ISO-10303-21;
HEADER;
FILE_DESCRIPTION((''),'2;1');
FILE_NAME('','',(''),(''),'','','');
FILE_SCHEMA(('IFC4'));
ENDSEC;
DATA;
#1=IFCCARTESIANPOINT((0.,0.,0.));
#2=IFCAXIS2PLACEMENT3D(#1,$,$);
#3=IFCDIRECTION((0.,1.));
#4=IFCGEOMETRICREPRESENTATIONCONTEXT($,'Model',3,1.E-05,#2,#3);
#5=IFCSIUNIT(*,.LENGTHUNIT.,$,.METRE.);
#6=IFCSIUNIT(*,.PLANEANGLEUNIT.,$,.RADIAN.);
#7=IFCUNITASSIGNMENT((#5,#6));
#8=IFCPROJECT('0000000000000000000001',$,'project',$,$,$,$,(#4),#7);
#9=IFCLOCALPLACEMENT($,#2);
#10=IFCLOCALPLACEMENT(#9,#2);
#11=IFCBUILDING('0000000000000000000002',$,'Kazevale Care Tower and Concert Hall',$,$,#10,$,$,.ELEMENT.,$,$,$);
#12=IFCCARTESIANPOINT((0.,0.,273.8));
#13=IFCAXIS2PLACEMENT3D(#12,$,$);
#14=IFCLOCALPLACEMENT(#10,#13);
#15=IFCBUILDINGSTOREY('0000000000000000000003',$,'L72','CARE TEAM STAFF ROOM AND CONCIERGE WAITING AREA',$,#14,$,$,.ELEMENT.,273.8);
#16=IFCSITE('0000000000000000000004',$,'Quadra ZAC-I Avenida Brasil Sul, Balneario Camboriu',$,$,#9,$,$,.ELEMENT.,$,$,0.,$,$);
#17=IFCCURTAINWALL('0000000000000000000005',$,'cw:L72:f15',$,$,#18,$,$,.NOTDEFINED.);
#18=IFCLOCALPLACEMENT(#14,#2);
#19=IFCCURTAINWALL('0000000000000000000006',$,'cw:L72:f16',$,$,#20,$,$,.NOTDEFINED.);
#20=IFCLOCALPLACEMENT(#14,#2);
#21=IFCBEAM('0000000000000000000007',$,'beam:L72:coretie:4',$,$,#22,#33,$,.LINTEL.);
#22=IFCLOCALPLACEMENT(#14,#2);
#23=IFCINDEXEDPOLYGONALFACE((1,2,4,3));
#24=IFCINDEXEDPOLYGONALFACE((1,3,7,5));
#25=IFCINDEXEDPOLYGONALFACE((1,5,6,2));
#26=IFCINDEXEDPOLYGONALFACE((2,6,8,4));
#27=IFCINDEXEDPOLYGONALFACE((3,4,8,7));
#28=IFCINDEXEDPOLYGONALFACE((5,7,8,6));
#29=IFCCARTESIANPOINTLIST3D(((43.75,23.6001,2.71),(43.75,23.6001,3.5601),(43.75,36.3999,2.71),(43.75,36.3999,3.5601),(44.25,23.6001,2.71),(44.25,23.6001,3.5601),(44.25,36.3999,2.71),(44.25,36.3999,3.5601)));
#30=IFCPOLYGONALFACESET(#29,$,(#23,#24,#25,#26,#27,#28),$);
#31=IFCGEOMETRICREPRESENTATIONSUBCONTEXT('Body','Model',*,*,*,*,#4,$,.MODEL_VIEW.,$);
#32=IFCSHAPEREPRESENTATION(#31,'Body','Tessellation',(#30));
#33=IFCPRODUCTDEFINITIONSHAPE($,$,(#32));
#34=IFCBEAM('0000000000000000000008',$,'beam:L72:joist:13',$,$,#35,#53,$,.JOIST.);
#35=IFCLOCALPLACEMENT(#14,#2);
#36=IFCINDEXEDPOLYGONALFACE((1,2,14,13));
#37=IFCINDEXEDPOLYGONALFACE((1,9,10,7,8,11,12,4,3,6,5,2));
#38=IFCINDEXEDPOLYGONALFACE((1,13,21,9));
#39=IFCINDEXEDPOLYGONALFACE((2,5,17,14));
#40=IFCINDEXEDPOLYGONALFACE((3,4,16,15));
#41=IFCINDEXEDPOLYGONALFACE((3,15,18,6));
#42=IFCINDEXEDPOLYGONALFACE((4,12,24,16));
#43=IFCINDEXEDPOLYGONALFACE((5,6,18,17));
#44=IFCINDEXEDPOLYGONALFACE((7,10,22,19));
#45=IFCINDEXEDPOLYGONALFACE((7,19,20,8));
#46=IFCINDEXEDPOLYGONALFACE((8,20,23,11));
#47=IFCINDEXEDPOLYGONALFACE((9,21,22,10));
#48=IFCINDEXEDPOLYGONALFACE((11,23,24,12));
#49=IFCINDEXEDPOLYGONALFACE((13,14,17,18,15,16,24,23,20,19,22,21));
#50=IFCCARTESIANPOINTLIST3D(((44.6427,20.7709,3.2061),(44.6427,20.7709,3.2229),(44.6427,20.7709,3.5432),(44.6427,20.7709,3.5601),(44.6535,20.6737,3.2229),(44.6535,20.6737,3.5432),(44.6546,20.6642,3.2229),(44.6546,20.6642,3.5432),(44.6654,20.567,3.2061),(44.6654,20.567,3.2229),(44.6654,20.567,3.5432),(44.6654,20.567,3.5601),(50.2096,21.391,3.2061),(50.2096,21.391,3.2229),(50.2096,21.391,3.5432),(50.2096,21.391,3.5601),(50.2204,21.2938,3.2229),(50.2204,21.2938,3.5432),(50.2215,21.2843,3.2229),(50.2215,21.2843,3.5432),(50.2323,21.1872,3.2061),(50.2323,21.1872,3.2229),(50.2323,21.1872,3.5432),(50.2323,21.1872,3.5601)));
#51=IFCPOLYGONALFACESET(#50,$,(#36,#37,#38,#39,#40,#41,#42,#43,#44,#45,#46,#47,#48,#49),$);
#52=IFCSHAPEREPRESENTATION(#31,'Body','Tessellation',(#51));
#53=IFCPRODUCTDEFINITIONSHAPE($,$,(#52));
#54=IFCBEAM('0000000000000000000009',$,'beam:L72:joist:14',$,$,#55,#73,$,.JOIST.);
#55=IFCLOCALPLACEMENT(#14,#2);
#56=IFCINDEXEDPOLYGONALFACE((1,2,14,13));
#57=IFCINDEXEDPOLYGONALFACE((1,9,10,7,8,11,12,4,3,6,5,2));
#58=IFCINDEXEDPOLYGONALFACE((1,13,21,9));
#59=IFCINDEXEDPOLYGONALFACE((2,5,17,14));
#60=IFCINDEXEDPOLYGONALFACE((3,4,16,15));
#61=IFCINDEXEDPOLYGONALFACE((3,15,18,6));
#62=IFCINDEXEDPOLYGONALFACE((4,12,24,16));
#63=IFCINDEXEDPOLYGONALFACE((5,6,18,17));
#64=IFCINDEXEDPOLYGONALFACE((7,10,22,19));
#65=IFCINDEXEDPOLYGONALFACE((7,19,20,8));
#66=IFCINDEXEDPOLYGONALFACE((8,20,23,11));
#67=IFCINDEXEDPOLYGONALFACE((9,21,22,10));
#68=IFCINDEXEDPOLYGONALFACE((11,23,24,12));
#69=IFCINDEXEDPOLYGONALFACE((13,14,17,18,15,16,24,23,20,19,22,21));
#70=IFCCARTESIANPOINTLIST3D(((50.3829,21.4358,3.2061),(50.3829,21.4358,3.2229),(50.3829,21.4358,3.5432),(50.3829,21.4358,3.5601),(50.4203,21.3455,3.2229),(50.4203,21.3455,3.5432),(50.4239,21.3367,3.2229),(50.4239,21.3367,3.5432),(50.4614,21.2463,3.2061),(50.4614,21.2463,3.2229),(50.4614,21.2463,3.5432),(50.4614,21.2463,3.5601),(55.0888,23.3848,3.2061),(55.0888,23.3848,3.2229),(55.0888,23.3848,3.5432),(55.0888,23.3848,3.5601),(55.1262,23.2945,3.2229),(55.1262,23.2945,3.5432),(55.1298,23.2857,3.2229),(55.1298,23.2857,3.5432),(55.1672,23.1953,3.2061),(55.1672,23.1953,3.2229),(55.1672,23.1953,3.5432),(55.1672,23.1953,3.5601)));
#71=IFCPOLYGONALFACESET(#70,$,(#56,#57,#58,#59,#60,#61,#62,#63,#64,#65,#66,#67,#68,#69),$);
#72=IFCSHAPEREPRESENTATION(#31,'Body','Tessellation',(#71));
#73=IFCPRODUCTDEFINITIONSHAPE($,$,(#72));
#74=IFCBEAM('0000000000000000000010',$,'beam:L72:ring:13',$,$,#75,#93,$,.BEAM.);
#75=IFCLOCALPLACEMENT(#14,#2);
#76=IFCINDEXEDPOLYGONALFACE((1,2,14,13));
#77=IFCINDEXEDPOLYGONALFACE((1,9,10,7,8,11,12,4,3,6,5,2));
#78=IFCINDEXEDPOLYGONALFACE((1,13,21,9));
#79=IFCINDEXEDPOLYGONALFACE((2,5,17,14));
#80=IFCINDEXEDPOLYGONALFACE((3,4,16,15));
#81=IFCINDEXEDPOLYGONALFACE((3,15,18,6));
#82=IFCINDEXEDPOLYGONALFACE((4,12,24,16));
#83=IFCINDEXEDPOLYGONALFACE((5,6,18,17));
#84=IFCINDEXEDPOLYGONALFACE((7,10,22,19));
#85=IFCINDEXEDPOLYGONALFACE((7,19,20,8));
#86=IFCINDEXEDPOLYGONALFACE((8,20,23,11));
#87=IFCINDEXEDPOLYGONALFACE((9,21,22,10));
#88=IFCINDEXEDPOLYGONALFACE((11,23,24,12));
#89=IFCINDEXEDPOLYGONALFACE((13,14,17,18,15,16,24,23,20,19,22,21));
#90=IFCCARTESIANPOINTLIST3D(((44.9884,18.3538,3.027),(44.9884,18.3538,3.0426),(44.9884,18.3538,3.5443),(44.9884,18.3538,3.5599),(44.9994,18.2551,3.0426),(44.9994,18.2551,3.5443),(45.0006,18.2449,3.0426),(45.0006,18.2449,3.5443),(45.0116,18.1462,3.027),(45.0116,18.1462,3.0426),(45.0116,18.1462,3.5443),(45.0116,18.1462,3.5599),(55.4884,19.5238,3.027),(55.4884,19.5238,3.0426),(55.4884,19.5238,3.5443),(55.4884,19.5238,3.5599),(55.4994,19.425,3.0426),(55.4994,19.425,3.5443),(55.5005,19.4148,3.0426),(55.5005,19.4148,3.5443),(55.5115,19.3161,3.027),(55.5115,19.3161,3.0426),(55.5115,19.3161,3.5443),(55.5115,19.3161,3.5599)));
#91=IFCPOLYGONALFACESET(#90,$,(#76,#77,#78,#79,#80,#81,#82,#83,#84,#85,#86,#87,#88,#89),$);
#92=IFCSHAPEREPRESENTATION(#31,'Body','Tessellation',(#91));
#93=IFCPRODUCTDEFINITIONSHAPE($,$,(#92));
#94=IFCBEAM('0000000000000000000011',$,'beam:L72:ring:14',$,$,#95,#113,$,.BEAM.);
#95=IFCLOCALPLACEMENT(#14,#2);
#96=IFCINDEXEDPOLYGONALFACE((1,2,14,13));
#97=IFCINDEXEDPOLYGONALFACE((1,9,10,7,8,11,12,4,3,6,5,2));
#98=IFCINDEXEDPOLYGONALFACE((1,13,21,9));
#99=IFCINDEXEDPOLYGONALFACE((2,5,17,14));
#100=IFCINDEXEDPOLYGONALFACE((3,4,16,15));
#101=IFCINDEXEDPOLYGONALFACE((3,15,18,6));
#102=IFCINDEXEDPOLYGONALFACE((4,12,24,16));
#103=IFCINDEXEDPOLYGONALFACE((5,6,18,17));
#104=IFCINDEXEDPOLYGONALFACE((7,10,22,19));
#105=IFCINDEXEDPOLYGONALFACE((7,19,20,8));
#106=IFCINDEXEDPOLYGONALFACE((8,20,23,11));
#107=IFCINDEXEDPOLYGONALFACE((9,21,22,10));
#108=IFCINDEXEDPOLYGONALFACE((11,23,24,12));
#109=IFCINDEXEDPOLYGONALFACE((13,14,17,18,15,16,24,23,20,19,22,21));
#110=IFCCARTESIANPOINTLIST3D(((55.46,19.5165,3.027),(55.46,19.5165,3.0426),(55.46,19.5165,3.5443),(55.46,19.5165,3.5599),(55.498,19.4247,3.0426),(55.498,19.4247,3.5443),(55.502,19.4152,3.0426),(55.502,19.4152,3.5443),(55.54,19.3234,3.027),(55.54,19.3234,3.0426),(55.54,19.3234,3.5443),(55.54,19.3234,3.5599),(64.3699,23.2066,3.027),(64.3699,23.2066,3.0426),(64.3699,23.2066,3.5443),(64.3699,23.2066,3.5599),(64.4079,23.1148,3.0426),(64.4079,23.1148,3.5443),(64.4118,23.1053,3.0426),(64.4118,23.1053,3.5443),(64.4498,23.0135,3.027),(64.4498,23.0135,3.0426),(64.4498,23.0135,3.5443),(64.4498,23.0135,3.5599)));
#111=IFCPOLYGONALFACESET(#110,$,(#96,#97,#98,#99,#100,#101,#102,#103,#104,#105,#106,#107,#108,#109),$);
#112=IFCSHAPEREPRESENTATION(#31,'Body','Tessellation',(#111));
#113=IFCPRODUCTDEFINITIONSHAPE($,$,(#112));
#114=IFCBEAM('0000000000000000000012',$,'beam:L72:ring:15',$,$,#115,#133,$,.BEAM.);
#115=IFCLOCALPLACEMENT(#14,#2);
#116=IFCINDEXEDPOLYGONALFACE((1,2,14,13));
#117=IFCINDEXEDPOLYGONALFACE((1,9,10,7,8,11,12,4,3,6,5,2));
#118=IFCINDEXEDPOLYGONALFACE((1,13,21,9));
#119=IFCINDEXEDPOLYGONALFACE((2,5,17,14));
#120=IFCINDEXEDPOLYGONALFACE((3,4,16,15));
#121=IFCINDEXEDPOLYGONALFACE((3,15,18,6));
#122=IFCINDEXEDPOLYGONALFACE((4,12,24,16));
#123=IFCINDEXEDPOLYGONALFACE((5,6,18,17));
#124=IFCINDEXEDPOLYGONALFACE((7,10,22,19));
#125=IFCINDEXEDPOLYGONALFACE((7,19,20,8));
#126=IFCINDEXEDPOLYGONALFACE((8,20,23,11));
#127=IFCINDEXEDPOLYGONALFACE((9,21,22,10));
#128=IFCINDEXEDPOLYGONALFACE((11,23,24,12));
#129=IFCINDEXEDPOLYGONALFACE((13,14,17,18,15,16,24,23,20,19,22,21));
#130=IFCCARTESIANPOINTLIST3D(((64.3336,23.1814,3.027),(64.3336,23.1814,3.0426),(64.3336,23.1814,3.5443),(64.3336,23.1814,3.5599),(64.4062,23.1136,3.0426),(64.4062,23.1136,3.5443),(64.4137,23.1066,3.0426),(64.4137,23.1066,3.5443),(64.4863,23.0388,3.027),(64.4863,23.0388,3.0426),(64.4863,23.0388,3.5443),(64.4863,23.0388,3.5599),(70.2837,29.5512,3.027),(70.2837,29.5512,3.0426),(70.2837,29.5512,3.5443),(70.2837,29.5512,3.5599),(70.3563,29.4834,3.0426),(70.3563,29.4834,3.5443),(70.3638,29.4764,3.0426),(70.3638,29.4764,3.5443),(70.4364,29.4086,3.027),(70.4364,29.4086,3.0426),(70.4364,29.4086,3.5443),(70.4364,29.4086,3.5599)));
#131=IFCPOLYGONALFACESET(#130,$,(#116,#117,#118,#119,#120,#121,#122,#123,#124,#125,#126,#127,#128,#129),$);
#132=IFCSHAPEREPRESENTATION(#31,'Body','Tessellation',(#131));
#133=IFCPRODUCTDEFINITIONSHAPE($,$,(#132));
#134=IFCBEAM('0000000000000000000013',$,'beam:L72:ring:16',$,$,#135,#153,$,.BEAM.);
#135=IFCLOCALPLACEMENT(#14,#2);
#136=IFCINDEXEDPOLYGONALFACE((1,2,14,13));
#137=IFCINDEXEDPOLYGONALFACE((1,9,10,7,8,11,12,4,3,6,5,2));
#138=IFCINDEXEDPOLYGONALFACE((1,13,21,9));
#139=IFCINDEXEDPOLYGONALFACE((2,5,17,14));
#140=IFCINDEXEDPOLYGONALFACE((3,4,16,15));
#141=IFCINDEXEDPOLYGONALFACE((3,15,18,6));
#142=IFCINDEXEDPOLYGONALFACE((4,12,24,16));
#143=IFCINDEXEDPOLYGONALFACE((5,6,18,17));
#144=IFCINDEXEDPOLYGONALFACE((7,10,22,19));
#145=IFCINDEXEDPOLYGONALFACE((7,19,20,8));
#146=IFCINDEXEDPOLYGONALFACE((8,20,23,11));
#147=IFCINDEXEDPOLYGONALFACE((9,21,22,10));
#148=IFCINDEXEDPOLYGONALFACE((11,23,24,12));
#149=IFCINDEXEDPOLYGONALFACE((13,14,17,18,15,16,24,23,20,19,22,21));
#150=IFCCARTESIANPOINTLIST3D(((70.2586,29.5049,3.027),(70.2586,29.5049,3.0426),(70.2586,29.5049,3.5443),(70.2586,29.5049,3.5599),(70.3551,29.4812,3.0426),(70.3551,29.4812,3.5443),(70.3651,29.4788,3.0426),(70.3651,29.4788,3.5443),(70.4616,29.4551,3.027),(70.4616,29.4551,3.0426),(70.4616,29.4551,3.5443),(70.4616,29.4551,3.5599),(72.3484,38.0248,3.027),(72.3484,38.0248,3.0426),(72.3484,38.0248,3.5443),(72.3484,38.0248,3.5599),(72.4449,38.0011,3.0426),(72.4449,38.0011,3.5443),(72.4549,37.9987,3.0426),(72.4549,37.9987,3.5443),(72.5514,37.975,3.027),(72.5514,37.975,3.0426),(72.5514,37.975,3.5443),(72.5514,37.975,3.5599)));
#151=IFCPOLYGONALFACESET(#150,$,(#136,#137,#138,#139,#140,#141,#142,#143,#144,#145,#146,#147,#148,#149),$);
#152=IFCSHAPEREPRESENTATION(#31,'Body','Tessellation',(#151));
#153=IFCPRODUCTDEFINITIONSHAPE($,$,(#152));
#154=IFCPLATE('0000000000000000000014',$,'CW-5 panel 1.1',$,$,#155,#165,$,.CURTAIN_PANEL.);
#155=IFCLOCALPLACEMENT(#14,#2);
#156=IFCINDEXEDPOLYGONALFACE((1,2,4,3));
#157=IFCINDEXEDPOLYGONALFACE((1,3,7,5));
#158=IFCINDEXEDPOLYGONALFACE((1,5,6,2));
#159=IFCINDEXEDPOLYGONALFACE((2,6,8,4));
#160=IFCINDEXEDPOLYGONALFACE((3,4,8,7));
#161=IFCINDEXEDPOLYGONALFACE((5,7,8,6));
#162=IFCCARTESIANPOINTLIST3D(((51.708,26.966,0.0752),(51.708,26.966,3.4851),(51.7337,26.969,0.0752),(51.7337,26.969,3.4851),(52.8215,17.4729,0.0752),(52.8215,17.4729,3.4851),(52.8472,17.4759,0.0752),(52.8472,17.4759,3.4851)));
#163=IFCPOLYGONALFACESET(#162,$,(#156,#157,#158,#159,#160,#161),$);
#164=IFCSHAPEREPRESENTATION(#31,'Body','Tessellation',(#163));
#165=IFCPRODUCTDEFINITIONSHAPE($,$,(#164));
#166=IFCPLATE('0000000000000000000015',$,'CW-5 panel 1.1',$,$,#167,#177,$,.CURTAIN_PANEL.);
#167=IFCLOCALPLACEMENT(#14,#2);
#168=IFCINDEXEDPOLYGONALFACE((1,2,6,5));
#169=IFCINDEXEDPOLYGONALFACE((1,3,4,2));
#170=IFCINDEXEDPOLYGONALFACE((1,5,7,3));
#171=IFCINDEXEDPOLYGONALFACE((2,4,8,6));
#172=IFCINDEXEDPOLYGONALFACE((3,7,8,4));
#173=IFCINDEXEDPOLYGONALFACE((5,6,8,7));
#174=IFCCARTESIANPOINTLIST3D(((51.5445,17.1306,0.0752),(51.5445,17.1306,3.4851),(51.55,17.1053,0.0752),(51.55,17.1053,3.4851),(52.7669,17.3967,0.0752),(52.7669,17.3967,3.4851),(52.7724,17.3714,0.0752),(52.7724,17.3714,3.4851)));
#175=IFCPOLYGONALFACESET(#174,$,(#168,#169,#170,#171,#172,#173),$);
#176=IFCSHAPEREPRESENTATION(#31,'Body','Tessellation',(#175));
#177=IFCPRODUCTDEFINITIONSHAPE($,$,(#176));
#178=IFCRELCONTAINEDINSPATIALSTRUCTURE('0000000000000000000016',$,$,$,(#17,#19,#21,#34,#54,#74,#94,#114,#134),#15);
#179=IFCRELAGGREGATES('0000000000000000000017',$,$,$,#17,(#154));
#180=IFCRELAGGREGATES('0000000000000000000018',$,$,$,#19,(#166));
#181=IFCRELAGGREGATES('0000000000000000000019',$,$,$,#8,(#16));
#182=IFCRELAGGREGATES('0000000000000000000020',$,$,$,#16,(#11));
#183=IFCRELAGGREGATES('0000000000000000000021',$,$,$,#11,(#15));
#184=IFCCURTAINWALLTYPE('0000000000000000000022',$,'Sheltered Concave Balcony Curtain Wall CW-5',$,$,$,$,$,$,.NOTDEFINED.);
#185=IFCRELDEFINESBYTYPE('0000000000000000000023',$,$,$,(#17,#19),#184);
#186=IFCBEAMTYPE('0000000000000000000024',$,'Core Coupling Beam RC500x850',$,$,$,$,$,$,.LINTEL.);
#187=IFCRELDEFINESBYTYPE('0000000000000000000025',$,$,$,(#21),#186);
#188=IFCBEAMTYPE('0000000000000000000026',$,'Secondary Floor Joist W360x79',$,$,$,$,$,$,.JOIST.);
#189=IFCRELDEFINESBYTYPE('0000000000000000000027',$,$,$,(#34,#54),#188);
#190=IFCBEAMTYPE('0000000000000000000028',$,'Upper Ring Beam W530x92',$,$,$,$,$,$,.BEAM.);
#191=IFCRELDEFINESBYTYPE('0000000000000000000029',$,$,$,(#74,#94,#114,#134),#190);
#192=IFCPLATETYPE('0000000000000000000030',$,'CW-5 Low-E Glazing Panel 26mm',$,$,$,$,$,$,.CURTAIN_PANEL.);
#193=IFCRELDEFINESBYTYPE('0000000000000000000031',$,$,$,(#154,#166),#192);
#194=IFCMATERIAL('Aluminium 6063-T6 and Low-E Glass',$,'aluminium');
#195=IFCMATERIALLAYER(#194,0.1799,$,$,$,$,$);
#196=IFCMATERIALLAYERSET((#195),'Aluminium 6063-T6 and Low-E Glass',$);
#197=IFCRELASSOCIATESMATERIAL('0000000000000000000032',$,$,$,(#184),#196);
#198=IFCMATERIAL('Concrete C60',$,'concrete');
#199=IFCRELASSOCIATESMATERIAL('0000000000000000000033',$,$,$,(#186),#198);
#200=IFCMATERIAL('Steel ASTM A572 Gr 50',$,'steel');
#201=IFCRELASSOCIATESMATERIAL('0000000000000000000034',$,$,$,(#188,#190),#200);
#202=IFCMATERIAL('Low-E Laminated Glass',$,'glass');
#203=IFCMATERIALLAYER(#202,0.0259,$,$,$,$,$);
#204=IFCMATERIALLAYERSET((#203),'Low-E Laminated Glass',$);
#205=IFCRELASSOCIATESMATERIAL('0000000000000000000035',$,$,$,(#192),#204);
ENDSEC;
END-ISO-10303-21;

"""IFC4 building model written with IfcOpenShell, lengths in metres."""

from ifc_helpers import new_model, si_unit, direction, frame, origin, origin_2d, place, context, subcontext, project, spatial, rectangle, i_section, extrude, material, layer, layer_set, material_profile, profile_set, type_object, element, aggregate, save


model = new_model("IFC4")

# Units and contexts
model_context = context("Model", 3, precision=1e-05, world=origin(), true_north=direction((0.0, 1.0)))
body_context = subcontext(model_context, "Body", "Model", "MODEL_VIEW")
ifc_project = project(units=[si_unit("LENGTHUNIT", "METRE"), si_unit("PLANEANGLEUNIT", "RADIAN")], contexts=[model_context])

# Site, building, storey
site_placement = place(None, origin())
site = spatial("IfcSite", under=ifc_project, at=site_placement, Name="Quadra ZAC-I Avenida Brasil Sul, Balneario Camboriu", CompositionType="ELEMENT", RefElevation=0.0)
building_placement = place(site_placement, origin())
building = spatial("IfcBuilding", under=site, at=building_placement, Name="Kazevale Care Tower and Concert Hall", CompositionType="ELEMENT")
storey_placement = place(building_placement, frame((0.0, 0.0, 273.8)))
storey = spatial("IfcBuildingStorey", under=building, at=storey_placement, Name="L72", Description="CARE TEAM STAFF ROOM AND CONCIERGE WAITING AREA", CompositionType="ELEMENT", Elevation=273.8)

# Shared definitions
ifc_material_1 = material(Name="Aluminium 6063-T6 and Low-E Glass", Category="aluminium")
ifc_layer_1 = layer(ifc_material_1, 0.1799)
ifc_layer_set_1 = layer_set([ifc_layer_1], Name="Aluminium 6063-T6 and Low-E Glass")
curtain_wall_type_1 = type_object("IfcCurtainWallType", Name="Sheltered Concave Balcony Curtain Wall CW-5", PredefinedType="NOTDEFINED", material=ifc_layer_set_1)

# Curtain walls
curtain_wall_1_placement = place(storey_placement, origin())
curtain_wall_1 = element("IfcCurtainWall", 1, at=curtain_wall_1_placement, inside=storey, type_object=curtain_wall_type_1, Name="cw:L72:f15", PredefinedType="NOTDEFINED")
curtain_wall_2_placement = place(storey_placement, origin())
curtain_wall_2 = element("IfcCurtainWall", 2, at=curtain_wall_2_placement, inside=storey, type_object=curtain_wall_type_1, Name="cw:L72:f16", PredefinedType="NOTDEFINED")

# Beams
ifc_material_2 = material(Name="Concrete C60", Category="concrete")
ifc_material_profile_1 = material_profile(ifc_material_2, rectangle(XDim=0.5, YDim=0.8501, at=origin_2d()), Name="RC-B500x850")
ifc_profile_set_1 = profile_set([ifc_material_profile_1], Name="Concrete C60")
beam_type_1 = type_object("IfcBeamType", Name="Core Coupling Beam RC500x850", PredefinedType="LINTEL", material=ifc_profile_set_1)
beam_1_placement = place(storey_placement, frame((44.0, 23.6001, 3.135), z_axis=(0.0, 1.0, 0.0), x_axis=(-1.0, 0.0, 0.0)))
element("IfcBeam", 3, at=beam_1_placement, inside=storey, type_object=beam_type_1, Name="beam:L72:coretie:4", PredefinedType="LINTEL", context=body_context, shape_type="SweptSolid", body=[
    extrude(rectangle(XDim=0.5, YDim=0.8501, at=origin_2d()), origin(), (0.0, 0.0, 1.0), 12.7998),
])
ifc_material_3 = material(Name="Steel ASTM A572 Gr 50", Category="steel")
ifc_material_profile_2 = material_profile(ifc_material_3, i_section(OverallWidth=0.2051, OverallDepth=0.354, WebThickness=0.0095, FlangeThickness=0.0168, at=origin_2d()), Name="W360x79")
ifc_profile_set_2 = profile_set([ifc_material_profile_2], Name="Steel ASTM A572 Gr 50")
beam_type_2 = type_object("IfcBeamType", Name="Secondary Floor Joist W360x79", PredefinedType="JOIST", material=ifc_profile_set_2)
beam_2_placement = place(storey_placement, frame((44.6541, 20.6689, 3.3831), z_axis=(0.993853, 0.110709, 0.0), x_axis=(-0.110709, 0.993853, 0.0)))
element("IfcBeam", 4, at=beam_2_placement, inside=storey, type_object=beam_type_2, Name="beam:L72:joist:13", PredefinedType="JOIST", context=body_context, shape_type="SweptSolid", body=[
    extrude(i_section(OverallWidth=0.2051, OverallDepth=0.354, WebThickness=0.0095, FlangeThickness=0.0168, at=origin_2d()), origin(), (0.0, 0.0, 1.0), 5.6013),
])
beam_3_placement = place(storey_placement, frame((50.4221, 21.3411, 3.3831), z_axis=(0.923896, 0.382644, 0.0), x_axis=(-0.382644, 0.923896, 0.0)))
element("IfcBeam", 5, at=beam_3_placement, inside=storey, type_object=beam_type_2, Name="beam:L72:joist:14", PredefinedType="JOIST", context=body_context, shape_type="SweptSolid", body=[
    extrude(i_section(OverallWidth=0.2051, OverallDepth=0.354, WebThickness=0.0095, FlangeThickness=0.0168, at=origin_2d()), origin(), (0.0, 0.0, 1.0), 5.0935),
])
ifc_material_profile_3 = material_profile(ifc_material_3, i_section(OverallWidth=0.209, OverallDepth=0.533, WebThickness=0.0103, FlangeThickness=0.0156, at=origin_2d()), Name="W530x92")
ifc_profile_set_3 = profile_set([ifc_material_profile_3], Name="Steel ASTM A572 Gr 50")
beam_type_3 = type_object("IfcBeamType", Name="Upper Ring Beam W530x92", PredefinedType="BEAM", material=ifc_profile_set_3)
beam_4_placement = place(storey_placement, frame((45.0, 18.25, 3.2935), z_axis=(0.99385, 0.110736, 0.0), x_axis=(-0.110736, 0.99385, 0.0)))
element("IfcBeam", 6, at=beam_4_placement, inside=storey, type_object=beam_type_3, Name="beam:L72:ring:13", PredefinedType="BEAM", context=body_context, shape_type="SweptSolid", body=[
    extrude(i_section(OverallWidth=0.209, OverallDepth=0.533, WebThickness=0.0103, FlangeThickness=0.0156, at=origin_2d()), origin(), (0.0, 0.0, 1.0), 10.5649),
])
beam_5_placement = place(storey_placement, frame((55.5, 19.4199, 3.2935), z_axis=(0.923895, 0.382646, 0.0), x_axis=(-0.382646, 0.923895, 0.0)))
element("IfcBeam", 7, at=beam_5_placement, inside=storey, type_object=beam_type_3, Name="beam:L72:ring:14", PredefinedType="BEAM", context=body_context, shape_type="SweptSolid", body=[
    extrude(i_section(OverallWidth=0.209, OverallDepth=0.533, WebThickness=0.0103, FlangeThickness=0.0156, at=origin_2d()), origin(), (0.0, 0.0, 1.0), 9.6438),
])
beam_6_placement = place(storey_placement, frame((64.4099, 23.1101, 3.2935), z_axis=(0.682624, 0.73077, 0.0), x_axis=(-0.73077, 0.682624, 0.0)))
element("IfcBeam", 8, at=beam_6_placement, inside=storey, type_object=beam_type_3, Name="beam:L72:ring:15", PredefinedType="BEAM", context=body_context, shape_type="SweptSolid", body=[
    extrude(i_section(OverallWidth=0.209, OverallDepth=0.533, WebThickness=0.0103, FlangeThickness=0.0156, at=origin_2d()), origin(), (0.0, 0.0, 1.0), 8.7166),
])
beam_7_placement = place(storey_placement, frame((70.3601, 29.48, 3.2935), z_axis=(0.238224, 0.97121, 0.0), x_axis=(-0.97121, 0.238224, 0.0)))
element("IfcBeam", 9, at=beam_7_placement, inside=storey, type_object=beam_type_3, Name="beam:L72:ring:16", PredefinedType="BEAM", context=body_context, shape_type="SweptSolid", body=[
    extrude(i_section(OverallWidth=0.209, OverallDepth=0.533, WebThickness=0.0103, FlangeThickness=0.0156, at=origin_2d()), origin(), (0.0, 0.0, 1.0), 8.7725),
])

# Plates
ifc_material_4 = material(Name="Low-E Laminated Glass", Category="glass")
ifc_layer_2 = layer(ifc_material_4, 0.0259)
ifc_layer_set_2 = layer_set([ifc_layer_2], Name="Low-E Laminated Glass")
plate_type = type_object("IfcPlateType", Name="CW-5 Low-E Glazing Panel 26mm", PredefinedType="CURTAIN_PANEL", material=ifc_layer_set_2)
plate_1_placement = place(storey_placement, frame((52.2776, 22.2209, 0.0752), z_axis=(0.0, 0.0, 1.0), x_axis=(0.116501, -0.993191, 0.0)))
plate_1 = element("IfcPlate", 10, at=plate_1_placement, type_object=plate_type, Name="CW-5 panel 1.1", PredefinedType="CURTAIN_PANEL", context=body_context, shape_type="SweptSolid", body=[
    extrude(rectangle(XDim=9.5581, YDim=0.0259, at=origin_2d()), origin(), (0.0, 0.0, 1.0), 3.4099),
])
aggregate(curtain_wall_1, [plate_1])
plate_2_placement = place(storey_placement, frame((52.1584, 17.251, 0.0752), z_axis=(0.0, 0.0, 1.0), x_axis=(-0.977118, -0.212696, 0.0)))
plate_2 = element("IfcPlate", 11, at=plate_2_placement, type_object=plate_type, Name="CW-5 panel 1.1", PredefinedType="CURTAIN_PANEL", context=body_context, shape_type="SweptSolid", body=[
    extrude(rectangle(XDim=1.251, YDim=0.0259, at=origin_2d()), origin(), (0.0, 0.0, 1.0), 3.4099),
])
aggregate(curtain_wall_2, [plate_2])

save(model, "model.ifc")
